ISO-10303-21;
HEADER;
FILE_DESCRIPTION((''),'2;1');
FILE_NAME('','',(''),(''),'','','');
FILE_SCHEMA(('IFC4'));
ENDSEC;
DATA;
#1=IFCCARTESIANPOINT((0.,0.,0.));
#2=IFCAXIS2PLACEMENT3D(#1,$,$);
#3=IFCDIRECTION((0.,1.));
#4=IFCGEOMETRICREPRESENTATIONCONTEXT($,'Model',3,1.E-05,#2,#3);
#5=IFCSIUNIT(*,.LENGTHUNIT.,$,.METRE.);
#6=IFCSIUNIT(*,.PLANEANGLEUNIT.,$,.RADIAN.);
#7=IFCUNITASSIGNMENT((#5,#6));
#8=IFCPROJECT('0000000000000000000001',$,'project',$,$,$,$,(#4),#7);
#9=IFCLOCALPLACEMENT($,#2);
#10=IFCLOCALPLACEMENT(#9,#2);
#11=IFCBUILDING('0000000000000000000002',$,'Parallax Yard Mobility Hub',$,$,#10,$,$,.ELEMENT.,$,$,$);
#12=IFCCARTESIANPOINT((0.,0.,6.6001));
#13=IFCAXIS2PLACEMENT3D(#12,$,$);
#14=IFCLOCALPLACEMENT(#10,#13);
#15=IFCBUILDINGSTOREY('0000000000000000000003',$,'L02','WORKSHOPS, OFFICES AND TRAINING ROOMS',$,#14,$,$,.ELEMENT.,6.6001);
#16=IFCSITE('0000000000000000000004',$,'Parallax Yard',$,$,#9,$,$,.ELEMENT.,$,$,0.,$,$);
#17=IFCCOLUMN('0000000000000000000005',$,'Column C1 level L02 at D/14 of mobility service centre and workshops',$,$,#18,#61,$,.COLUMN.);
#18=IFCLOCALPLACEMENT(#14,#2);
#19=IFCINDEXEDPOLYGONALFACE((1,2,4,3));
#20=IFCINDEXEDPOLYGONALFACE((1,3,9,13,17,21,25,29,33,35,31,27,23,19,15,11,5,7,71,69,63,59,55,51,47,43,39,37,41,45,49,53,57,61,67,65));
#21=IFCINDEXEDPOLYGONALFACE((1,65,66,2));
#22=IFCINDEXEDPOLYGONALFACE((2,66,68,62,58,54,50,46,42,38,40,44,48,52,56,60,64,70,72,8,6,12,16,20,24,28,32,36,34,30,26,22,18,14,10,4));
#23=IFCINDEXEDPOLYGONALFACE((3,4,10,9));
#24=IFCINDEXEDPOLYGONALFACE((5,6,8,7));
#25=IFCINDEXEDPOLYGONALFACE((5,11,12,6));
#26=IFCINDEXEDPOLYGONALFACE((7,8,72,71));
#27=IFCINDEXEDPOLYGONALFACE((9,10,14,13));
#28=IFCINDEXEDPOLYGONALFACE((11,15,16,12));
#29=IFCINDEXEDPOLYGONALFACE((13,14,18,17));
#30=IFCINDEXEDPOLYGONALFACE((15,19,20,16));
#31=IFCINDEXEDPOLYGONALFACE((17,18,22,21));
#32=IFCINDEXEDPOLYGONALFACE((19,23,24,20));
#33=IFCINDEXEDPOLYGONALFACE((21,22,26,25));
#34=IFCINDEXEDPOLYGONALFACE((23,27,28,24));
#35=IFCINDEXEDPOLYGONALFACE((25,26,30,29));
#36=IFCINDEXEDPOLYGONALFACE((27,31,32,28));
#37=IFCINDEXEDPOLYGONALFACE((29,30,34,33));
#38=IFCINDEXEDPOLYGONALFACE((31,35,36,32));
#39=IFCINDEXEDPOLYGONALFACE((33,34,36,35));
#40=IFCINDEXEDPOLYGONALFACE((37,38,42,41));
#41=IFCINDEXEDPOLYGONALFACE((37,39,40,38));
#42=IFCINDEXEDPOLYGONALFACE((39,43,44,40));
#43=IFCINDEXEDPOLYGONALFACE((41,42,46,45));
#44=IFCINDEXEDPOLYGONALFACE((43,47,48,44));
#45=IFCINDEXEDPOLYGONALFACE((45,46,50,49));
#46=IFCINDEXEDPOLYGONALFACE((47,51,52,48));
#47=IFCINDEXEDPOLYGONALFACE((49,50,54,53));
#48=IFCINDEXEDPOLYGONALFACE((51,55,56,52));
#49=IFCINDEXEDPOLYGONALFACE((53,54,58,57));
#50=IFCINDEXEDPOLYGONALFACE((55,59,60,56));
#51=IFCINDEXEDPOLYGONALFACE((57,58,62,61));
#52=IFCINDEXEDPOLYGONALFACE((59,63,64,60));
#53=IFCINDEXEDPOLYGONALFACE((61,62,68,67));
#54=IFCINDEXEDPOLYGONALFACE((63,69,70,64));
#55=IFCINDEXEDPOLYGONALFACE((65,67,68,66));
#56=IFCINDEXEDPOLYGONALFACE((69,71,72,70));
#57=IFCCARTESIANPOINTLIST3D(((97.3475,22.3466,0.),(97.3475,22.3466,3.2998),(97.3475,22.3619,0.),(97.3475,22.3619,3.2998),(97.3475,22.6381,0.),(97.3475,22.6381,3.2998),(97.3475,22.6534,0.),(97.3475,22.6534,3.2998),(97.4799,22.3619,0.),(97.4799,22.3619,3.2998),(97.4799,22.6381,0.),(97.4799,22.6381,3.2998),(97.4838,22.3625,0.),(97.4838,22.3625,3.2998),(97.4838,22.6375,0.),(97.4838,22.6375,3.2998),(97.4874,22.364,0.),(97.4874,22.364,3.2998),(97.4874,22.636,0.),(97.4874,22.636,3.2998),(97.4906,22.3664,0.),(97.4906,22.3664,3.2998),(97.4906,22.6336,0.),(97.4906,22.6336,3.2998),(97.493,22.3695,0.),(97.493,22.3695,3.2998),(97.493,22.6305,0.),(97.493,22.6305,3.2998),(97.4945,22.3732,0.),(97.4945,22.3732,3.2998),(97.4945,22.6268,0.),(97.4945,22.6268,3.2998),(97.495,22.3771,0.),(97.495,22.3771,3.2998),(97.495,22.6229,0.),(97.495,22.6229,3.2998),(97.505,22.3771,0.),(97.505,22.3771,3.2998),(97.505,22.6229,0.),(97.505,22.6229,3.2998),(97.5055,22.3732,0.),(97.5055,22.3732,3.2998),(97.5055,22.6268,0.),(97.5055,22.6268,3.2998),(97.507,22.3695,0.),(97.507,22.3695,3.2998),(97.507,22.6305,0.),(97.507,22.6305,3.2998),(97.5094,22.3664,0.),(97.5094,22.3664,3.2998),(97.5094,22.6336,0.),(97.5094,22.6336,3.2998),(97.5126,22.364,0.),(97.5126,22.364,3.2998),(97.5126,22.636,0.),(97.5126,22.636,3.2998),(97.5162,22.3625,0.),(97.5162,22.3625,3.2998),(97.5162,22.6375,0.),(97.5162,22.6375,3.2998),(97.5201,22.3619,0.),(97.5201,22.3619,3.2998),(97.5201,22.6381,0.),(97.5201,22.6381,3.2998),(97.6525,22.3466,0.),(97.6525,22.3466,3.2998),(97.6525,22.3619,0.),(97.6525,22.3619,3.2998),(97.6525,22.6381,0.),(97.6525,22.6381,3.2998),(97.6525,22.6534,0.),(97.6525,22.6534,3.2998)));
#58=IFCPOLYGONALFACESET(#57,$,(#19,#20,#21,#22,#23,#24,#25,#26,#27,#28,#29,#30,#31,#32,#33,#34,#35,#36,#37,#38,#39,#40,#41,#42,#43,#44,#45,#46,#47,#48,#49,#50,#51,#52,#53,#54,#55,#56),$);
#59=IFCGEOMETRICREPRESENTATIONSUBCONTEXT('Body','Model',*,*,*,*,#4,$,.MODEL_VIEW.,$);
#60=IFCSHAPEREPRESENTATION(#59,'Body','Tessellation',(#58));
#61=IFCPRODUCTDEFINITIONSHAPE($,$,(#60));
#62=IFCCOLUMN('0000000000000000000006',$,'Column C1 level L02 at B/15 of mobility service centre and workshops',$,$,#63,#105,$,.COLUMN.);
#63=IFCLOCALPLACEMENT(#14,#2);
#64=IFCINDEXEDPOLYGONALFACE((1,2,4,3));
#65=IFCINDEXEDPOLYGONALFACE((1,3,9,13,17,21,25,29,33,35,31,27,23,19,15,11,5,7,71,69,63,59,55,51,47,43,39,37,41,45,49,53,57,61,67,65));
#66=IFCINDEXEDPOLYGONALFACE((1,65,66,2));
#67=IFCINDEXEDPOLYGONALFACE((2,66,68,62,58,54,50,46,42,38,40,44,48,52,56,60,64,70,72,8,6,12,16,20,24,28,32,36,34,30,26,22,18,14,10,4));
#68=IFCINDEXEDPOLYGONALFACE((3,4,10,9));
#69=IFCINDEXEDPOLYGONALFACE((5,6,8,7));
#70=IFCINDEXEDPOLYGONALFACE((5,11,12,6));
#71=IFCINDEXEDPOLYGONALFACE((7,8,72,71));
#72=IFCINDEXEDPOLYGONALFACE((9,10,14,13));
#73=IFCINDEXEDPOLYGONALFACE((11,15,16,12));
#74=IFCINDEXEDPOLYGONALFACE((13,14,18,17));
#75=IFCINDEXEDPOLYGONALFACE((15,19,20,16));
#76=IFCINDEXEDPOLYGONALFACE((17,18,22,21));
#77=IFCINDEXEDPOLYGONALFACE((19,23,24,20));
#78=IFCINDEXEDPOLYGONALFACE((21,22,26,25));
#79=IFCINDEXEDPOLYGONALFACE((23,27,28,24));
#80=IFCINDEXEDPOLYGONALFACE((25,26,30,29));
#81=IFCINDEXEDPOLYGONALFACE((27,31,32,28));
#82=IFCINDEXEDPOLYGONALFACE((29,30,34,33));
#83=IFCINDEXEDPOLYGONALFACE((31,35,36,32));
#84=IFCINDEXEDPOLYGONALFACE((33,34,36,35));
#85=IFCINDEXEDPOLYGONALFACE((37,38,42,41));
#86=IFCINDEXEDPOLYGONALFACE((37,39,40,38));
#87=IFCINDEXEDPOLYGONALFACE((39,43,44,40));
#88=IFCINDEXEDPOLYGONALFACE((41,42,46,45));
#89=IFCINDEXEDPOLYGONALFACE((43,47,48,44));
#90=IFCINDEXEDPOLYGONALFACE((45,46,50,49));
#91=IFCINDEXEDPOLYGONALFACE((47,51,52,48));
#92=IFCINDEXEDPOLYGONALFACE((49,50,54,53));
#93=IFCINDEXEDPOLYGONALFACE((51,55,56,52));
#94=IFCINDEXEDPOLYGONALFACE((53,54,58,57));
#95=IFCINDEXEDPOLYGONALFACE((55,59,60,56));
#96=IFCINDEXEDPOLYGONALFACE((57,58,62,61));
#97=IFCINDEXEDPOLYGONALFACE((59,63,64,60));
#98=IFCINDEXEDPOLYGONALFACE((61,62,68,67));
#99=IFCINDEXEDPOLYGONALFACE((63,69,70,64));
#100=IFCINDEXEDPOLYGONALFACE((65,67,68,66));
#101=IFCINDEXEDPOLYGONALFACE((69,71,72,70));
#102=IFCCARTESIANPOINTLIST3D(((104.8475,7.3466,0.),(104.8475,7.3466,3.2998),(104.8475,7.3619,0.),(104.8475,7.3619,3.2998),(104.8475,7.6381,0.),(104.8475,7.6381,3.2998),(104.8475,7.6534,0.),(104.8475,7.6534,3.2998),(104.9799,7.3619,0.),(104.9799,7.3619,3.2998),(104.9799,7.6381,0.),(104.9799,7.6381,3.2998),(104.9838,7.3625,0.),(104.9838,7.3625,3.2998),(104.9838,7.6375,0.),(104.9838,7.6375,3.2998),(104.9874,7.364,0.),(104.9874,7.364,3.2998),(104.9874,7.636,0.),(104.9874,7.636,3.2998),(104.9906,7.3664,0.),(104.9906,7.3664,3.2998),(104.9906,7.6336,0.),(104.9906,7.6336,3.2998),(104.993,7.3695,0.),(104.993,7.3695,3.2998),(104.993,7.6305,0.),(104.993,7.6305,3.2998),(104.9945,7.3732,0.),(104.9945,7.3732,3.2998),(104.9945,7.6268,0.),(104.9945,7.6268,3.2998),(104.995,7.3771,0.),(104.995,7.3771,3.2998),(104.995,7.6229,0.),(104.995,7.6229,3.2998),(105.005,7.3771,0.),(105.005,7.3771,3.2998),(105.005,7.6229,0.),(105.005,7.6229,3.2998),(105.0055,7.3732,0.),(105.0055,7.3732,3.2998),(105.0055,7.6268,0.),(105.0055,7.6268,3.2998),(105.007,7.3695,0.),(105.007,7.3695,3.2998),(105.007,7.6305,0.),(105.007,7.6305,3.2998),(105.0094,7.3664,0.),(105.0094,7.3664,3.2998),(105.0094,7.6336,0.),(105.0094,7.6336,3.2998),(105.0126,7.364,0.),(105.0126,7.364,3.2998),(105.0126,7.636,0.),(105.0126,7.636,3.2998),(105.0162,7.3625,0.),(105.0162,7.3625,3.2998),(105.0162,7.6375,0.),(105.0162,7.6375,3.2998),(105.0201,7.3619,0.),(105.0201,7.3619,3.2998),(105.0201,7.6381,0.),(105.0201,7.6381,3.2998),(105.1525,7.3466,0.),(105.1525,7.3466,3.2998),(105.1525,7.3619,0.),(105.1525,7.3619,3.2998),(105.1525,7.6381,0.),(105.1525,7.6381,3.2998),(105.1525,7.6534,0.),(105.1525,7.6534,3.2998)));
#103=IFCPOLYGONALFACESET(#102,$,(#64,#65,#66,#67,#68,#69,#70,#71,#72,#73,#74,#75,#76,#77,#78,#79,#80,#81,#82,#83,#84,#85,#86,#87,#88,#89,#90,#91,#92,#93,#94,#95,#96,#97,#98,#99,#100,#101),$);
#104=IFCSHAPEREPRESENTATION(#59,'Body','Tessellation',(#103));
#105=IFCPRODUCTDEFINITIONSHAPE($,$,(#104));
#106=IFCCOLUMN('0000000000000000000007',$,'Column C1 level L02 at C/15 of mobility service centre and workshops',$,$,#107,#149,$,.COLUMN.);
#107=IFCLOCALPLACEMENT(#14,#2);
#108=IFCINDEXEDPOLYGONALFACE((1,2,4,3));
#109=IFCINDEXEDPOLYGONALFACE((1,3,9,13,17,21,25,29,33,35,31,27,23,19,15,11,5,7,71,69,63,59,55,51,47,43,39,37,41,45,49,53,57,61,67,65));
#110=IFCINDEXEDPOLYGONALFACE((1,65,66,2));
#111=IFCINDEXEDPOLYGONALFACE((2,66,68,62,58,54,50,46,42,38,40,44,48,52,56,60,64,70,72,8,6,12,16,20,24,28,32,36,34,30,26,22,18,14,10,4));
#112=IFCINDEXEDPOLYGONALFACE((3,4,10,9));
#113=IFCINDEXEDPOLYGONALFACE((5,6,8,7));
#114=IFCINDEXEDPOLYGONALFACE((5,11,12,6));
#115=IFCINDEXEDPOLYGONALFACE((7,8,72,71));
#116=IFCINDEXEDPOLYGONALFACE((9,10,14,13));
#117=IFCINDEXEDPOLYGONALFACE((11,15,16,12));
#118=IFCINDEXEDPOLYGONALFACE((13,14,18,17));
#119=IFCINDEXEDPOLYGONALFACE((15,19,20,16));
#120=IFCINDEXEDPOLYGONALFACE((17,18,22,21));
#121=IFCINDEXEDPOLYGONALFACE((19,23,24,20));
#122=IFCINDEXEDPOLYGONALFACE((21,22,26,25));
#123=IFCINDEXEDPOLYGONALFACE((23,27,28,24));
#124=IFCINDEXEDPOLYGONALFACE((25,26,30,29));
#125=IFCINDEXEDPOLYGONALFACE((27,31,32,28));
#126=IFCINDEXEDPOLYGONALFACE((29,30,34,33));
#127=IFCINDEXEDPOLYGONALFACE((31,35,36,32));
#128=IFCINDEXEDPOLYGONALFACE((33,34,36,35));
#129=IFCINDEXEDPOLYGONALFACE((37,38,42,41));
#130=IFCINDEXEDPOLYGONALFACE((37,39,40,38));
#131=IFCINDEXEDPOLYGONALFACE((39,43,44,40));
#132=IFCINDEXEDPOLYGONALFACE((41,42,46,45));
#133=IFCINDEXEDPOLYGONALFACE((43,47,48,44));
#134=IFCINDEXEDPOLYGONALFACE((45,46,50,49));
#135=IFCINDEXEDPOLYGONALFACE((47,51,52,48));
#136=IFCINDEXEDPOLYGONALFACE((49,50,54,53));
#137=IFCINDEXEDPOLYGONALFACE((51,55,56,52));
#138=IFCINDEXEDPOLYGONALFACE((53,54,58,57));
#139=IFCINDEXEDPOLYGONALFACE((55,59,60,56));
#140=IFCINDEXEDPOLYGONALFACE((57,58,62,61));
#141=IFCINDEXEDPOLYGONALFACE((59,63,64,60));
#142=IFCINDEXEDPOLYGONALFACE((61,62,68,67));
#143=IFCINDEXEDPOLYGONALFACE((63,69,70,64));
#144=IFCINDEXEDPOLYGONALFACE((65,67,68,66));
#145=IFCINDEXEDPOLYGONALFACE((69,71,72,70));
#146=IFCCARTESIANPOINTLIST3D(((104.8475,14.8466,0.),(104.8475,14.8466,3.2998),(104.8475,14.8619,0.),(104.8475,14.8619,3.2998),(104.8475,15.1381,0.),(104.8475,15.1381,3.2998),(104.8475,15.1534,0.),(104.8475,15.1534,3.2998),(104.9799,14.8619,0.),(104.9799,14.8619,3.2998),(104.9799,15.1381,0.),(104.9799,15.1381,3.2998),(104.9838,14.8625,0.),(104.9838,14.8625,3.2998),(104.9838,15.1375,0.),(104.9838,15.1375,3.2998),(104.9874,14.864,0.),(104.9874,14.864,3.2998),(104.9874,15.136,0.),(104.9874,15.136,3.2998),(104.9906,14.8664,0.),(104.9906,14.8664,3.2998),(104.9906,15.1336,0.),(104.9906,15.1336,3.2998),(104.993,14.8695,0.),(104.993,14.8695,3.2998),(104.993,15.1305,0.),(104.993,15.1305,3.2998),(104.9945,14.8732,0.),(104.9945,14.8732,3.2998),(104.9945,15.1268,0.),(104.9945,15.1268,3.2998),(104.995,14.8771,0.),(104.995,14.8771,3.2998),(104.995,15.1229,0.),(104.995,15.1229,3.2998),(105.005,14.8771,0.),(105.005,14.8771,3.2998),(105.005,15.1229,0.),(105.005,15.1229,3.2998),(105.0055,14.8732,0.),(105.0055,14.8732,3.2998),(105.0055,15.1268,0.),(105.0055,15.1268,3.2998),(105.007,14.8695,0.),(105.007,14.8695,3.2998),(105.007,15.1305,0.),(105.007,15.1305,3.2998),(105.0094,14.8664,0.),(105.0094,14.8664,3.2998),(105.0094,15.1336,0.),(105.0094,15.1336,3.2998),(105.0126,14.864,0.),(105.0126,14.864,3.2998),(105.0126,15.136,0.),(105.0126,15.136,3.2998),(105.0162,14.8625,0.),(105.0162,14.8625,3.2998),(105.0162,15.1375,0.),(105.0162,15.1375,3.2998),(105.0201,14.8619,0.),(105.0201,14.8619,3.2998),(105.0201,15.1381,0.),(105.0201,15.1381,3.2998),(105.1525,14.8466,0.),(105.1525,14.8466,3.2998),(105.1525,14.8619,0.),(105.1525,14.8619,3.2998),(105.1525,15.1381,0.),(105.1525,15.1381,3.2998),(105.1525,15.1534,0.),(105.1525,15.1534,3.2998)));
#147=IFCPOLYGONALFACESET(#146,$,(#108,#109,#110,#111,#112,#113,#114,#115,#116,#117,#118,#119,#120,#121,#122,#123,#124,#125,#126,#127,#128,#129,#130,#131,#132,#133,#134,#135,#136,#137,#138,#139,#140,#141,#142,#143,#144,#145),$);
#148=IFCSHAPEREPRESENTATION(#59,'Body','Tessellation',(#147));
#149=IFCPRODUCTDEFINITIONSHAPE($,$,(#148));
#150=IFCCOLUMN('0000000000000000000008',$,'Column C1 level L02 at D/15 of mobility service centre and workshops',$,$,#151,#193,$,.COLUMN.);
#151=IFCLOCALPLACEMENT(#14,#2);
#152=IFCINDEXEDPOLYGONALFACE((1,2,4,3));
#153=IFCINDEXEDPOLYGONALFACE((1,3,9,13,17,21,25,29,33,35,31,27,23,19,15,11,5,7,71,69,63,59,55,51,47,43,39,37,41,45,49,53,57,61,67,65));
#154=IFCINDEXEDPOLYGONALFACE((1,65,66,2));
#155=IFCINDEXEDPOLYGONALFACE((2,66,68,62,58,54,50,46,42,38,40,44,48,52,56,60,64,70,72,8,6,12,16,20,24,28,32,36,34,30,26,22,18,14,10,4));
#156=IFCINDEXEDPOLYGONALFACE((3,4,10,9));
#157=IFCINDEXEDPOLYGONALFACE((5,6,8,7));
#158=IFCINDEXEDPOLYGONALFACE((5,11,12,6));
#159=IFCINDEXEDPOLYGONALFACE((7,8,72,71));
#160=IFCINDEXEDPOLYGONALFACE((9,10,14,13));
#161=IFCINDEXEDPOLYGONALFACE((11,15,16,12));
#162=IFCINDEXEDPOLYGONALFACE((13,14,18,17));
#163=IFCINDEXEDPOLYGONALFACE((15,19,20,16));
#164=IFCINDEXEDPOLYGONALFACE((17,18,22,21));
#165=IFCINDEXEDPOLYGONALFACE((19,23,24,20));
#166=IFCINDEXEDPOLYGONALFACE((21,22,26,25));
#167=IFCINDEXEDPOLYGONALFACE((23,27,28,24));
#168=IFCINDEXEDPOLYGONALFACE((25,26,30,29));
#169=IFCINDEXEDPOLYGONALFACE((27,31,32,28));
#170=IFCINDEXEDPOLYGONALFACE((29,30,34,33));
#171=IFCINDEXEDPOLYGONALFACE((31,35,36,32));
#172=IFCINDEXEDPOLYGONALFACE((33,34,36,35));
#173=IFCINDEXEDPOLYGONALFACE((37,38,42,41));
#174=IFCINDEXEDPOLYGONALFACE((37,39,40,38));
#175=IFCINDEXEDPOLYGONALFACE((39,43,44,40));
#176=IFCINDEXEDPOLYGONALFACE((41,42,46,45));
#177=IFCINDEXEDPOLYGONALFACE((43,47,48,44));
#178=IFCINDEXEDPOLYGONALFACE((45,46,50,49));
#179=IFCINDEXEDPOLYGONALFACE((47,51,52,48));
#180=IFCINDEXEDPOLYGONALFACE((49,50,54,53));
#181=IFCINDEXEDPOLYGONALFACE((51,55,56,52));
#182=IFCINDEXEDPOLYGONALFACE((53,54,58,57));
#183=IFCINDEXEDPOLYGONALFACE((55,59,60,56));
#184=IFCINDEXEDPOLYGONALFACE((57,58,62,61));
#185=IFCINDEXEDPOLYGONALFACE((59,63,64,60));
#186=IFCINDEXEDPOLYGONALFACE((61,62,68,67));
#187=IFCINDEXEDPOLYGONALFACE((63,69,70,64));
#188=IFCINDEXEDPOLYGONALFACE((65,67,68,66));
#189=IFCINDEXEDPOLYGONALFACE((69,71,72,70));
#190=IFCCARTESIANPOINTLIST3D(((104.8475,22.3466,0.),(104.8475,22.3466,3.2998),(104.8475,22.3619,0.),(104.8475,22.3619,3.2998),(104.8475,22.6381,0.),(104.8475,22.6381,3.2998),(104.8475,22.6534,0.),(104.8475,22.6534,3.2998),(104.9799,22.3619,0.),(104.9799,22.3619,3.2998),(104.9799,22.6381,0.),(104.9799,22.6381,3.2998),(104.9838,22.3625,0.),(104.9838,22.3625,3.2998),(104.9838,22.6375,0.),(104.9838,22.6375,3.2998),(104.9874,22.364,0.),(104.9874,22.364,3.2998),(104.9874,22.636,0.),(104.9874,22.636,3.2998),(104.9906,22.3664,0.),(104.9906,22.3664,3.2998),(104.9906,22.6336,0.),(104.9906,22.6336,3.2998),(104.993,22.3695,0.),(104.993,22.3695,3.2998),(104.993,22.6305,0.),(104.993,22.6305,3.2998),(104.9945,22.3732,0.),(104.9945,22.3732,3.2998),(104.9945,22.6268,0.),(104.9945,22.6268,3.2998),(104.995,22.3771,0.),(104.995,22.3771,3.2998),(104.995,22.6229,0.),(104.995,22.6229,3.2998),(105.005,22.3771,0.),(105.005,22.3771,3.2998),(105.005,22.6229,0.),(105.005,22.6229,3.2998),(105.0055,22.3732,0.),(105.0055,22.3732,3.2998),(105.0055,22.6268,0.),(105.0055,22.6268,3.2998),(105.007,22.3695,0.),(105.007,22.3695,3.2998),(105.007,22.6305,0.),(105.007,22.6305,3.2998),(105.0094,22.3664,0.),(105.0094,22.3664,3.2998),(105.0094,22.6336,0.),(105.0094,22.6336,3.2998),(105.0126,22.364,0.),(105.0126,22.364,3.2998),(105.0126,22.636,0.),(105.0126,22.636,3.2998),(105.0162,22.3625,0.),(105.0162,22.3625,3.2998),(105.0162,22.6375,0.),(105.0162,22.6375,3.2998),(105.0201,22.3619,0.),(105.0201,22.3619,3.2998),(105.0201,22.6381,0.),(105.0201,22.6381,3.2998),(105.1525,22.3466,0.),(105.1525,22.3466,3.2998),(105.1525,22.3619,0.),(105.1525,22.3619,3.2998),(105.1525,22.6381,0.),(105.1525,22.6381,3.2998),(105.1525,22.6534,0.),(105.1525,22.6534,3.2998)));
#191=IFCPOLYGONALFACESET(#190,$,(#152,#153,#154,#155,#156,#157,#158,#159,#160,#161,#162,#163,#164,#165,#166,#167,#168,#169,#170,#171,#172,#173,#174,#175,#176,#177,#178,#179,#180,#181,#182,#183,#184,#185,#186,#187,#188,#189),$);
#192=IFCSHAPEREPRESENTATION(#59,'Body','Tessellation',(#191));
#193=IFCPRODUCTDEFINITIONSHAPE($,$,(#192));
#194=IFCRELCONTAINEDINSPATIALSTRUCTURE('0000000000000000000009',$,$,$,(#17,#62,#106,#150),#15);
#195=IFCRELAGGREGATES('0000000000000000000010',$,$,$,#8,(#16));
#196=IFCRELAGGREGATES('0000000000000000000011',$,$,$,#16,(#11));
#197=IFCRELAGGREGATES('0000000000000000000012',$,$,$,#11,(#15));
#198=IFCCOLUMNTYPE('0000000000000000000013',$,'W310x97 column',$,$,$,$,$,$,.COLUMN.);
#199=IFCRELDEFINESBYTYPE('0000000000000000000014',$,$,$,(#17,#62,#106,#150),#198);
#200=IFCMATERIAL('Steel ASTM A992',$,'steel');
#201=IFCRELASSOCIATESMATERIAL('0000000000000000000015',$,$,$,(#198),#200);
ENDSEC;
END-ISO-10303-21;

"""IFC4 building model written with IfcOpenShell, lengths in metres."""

from ifc_helpers import new_model, si_unit, direction, frame, origin, origin_2d, place, context, subcontext, project, spatial, i_section, extrude, material, material_profile, profile_set, type_object, element, save


model = new_model("IFC4")

# Units and contexts
model_context = context("Model", 3, precision=1e-05, world=origin(), true_north=direction((0.0, 1.0)))
body_context = subcontext(model_context, "Body", "Model", "MODEL_VIEW")
ifc_project = project(units=[si_unit("LENGTHUNIT", "METRE"), si_unit("PLANEANGLEUNIT", "RADIAN")], contexts=[model_context])

# Site, building, storey
site_placement = place(None, origin())
site = spatial("IfcSite", under=ifc_project, at=site_placement, Name="Parallax Yard", CompositionType="ELEMENT", RefElevation=0.0)
building_placement = place(site_placement, origin())
building = spatial("IfcBuilding", under=site, at=building_placement, Name="Parallax Yard Mobility Hub", CompositionType="ELEMENT")
storey_placement = place(building_placement, frame((0.0, 0.0, 6.6001)))
storey = spatial("IfcBuildingStorey", under=building, at=storey_placement, Name="L02", Description="WORKSHOPS, OFFICES AND TRAINING ROOMS", CompositionType="ELEMENT", Elevation=6.6001)

# Columns
ifc_material_1 = material(Name="Steel ASTM A992", Category="steel")
ifc_material_profile_1 = material_profile(ifc_material_1, i_section(OverallWidth=0.3049, OverallDepth=0.3069, WebThickness=0.01, FlangeThickness=0.0154, FilletRadius=0.0151, at=origin_2d()), Name="W310x97")
ifc_profile_set_1 = profile_set([ifc_material_profile_1], Name="Steel ASTM A992")
column_type = type_object("IfcColumnType", Name="W310x97 column", PredefinedType="COLUMN", material=ifc_profile_set_1)
for number, where, z_axis, x_axis, name in (
    (1, (97.5, 22.5, 0.0), (0.0, 0.0, 1.0), (1.0, 0.0, 0.0), "Column C1 level L02 at D/14 of mobility service centre and workshops"),
    (2, (105.0, 7.5, 0.0), (0.0, 0.0, 1.0), (1.0, 0.0, 0.0), "Column C1 level L02 at B/15 of mobility service centre and workshops"),
    (3, (105.0, 15.0, 0.0), (0.0, 0.0, 1.0), (1.0, 0.0, 0.0), "Column C1 level L02 at C/15 of mobility service centre and workshops"),
    (4, (105.0, 22.5, 0.0), (0.0, 0.0, 1.0), (1.0, 0.0, 0.0), "Column C1 level L02 at D/15 of mobility service centre and workshops"),
):
    element("IfcColumn", number, at=place(storey_placement, frame(where, z_axis=z_axis, x_axis=x_axis)), inside=storey, type_object=column_type, Name=name, PredefinedType="COLUMN", context=body_context, shape_type="SweptSolid", body=[
        extrude(i_section(OverallWidth=0.3049, OverallDepth=0.3069, WebThickness=0.01, FlangeThickness=0.0154, FilletRadius=0.0151, at=origin_2d()), origin(), (0.0, 0.0, 1.0), 3.2998),
    ])

save(model, "model.ifc")
